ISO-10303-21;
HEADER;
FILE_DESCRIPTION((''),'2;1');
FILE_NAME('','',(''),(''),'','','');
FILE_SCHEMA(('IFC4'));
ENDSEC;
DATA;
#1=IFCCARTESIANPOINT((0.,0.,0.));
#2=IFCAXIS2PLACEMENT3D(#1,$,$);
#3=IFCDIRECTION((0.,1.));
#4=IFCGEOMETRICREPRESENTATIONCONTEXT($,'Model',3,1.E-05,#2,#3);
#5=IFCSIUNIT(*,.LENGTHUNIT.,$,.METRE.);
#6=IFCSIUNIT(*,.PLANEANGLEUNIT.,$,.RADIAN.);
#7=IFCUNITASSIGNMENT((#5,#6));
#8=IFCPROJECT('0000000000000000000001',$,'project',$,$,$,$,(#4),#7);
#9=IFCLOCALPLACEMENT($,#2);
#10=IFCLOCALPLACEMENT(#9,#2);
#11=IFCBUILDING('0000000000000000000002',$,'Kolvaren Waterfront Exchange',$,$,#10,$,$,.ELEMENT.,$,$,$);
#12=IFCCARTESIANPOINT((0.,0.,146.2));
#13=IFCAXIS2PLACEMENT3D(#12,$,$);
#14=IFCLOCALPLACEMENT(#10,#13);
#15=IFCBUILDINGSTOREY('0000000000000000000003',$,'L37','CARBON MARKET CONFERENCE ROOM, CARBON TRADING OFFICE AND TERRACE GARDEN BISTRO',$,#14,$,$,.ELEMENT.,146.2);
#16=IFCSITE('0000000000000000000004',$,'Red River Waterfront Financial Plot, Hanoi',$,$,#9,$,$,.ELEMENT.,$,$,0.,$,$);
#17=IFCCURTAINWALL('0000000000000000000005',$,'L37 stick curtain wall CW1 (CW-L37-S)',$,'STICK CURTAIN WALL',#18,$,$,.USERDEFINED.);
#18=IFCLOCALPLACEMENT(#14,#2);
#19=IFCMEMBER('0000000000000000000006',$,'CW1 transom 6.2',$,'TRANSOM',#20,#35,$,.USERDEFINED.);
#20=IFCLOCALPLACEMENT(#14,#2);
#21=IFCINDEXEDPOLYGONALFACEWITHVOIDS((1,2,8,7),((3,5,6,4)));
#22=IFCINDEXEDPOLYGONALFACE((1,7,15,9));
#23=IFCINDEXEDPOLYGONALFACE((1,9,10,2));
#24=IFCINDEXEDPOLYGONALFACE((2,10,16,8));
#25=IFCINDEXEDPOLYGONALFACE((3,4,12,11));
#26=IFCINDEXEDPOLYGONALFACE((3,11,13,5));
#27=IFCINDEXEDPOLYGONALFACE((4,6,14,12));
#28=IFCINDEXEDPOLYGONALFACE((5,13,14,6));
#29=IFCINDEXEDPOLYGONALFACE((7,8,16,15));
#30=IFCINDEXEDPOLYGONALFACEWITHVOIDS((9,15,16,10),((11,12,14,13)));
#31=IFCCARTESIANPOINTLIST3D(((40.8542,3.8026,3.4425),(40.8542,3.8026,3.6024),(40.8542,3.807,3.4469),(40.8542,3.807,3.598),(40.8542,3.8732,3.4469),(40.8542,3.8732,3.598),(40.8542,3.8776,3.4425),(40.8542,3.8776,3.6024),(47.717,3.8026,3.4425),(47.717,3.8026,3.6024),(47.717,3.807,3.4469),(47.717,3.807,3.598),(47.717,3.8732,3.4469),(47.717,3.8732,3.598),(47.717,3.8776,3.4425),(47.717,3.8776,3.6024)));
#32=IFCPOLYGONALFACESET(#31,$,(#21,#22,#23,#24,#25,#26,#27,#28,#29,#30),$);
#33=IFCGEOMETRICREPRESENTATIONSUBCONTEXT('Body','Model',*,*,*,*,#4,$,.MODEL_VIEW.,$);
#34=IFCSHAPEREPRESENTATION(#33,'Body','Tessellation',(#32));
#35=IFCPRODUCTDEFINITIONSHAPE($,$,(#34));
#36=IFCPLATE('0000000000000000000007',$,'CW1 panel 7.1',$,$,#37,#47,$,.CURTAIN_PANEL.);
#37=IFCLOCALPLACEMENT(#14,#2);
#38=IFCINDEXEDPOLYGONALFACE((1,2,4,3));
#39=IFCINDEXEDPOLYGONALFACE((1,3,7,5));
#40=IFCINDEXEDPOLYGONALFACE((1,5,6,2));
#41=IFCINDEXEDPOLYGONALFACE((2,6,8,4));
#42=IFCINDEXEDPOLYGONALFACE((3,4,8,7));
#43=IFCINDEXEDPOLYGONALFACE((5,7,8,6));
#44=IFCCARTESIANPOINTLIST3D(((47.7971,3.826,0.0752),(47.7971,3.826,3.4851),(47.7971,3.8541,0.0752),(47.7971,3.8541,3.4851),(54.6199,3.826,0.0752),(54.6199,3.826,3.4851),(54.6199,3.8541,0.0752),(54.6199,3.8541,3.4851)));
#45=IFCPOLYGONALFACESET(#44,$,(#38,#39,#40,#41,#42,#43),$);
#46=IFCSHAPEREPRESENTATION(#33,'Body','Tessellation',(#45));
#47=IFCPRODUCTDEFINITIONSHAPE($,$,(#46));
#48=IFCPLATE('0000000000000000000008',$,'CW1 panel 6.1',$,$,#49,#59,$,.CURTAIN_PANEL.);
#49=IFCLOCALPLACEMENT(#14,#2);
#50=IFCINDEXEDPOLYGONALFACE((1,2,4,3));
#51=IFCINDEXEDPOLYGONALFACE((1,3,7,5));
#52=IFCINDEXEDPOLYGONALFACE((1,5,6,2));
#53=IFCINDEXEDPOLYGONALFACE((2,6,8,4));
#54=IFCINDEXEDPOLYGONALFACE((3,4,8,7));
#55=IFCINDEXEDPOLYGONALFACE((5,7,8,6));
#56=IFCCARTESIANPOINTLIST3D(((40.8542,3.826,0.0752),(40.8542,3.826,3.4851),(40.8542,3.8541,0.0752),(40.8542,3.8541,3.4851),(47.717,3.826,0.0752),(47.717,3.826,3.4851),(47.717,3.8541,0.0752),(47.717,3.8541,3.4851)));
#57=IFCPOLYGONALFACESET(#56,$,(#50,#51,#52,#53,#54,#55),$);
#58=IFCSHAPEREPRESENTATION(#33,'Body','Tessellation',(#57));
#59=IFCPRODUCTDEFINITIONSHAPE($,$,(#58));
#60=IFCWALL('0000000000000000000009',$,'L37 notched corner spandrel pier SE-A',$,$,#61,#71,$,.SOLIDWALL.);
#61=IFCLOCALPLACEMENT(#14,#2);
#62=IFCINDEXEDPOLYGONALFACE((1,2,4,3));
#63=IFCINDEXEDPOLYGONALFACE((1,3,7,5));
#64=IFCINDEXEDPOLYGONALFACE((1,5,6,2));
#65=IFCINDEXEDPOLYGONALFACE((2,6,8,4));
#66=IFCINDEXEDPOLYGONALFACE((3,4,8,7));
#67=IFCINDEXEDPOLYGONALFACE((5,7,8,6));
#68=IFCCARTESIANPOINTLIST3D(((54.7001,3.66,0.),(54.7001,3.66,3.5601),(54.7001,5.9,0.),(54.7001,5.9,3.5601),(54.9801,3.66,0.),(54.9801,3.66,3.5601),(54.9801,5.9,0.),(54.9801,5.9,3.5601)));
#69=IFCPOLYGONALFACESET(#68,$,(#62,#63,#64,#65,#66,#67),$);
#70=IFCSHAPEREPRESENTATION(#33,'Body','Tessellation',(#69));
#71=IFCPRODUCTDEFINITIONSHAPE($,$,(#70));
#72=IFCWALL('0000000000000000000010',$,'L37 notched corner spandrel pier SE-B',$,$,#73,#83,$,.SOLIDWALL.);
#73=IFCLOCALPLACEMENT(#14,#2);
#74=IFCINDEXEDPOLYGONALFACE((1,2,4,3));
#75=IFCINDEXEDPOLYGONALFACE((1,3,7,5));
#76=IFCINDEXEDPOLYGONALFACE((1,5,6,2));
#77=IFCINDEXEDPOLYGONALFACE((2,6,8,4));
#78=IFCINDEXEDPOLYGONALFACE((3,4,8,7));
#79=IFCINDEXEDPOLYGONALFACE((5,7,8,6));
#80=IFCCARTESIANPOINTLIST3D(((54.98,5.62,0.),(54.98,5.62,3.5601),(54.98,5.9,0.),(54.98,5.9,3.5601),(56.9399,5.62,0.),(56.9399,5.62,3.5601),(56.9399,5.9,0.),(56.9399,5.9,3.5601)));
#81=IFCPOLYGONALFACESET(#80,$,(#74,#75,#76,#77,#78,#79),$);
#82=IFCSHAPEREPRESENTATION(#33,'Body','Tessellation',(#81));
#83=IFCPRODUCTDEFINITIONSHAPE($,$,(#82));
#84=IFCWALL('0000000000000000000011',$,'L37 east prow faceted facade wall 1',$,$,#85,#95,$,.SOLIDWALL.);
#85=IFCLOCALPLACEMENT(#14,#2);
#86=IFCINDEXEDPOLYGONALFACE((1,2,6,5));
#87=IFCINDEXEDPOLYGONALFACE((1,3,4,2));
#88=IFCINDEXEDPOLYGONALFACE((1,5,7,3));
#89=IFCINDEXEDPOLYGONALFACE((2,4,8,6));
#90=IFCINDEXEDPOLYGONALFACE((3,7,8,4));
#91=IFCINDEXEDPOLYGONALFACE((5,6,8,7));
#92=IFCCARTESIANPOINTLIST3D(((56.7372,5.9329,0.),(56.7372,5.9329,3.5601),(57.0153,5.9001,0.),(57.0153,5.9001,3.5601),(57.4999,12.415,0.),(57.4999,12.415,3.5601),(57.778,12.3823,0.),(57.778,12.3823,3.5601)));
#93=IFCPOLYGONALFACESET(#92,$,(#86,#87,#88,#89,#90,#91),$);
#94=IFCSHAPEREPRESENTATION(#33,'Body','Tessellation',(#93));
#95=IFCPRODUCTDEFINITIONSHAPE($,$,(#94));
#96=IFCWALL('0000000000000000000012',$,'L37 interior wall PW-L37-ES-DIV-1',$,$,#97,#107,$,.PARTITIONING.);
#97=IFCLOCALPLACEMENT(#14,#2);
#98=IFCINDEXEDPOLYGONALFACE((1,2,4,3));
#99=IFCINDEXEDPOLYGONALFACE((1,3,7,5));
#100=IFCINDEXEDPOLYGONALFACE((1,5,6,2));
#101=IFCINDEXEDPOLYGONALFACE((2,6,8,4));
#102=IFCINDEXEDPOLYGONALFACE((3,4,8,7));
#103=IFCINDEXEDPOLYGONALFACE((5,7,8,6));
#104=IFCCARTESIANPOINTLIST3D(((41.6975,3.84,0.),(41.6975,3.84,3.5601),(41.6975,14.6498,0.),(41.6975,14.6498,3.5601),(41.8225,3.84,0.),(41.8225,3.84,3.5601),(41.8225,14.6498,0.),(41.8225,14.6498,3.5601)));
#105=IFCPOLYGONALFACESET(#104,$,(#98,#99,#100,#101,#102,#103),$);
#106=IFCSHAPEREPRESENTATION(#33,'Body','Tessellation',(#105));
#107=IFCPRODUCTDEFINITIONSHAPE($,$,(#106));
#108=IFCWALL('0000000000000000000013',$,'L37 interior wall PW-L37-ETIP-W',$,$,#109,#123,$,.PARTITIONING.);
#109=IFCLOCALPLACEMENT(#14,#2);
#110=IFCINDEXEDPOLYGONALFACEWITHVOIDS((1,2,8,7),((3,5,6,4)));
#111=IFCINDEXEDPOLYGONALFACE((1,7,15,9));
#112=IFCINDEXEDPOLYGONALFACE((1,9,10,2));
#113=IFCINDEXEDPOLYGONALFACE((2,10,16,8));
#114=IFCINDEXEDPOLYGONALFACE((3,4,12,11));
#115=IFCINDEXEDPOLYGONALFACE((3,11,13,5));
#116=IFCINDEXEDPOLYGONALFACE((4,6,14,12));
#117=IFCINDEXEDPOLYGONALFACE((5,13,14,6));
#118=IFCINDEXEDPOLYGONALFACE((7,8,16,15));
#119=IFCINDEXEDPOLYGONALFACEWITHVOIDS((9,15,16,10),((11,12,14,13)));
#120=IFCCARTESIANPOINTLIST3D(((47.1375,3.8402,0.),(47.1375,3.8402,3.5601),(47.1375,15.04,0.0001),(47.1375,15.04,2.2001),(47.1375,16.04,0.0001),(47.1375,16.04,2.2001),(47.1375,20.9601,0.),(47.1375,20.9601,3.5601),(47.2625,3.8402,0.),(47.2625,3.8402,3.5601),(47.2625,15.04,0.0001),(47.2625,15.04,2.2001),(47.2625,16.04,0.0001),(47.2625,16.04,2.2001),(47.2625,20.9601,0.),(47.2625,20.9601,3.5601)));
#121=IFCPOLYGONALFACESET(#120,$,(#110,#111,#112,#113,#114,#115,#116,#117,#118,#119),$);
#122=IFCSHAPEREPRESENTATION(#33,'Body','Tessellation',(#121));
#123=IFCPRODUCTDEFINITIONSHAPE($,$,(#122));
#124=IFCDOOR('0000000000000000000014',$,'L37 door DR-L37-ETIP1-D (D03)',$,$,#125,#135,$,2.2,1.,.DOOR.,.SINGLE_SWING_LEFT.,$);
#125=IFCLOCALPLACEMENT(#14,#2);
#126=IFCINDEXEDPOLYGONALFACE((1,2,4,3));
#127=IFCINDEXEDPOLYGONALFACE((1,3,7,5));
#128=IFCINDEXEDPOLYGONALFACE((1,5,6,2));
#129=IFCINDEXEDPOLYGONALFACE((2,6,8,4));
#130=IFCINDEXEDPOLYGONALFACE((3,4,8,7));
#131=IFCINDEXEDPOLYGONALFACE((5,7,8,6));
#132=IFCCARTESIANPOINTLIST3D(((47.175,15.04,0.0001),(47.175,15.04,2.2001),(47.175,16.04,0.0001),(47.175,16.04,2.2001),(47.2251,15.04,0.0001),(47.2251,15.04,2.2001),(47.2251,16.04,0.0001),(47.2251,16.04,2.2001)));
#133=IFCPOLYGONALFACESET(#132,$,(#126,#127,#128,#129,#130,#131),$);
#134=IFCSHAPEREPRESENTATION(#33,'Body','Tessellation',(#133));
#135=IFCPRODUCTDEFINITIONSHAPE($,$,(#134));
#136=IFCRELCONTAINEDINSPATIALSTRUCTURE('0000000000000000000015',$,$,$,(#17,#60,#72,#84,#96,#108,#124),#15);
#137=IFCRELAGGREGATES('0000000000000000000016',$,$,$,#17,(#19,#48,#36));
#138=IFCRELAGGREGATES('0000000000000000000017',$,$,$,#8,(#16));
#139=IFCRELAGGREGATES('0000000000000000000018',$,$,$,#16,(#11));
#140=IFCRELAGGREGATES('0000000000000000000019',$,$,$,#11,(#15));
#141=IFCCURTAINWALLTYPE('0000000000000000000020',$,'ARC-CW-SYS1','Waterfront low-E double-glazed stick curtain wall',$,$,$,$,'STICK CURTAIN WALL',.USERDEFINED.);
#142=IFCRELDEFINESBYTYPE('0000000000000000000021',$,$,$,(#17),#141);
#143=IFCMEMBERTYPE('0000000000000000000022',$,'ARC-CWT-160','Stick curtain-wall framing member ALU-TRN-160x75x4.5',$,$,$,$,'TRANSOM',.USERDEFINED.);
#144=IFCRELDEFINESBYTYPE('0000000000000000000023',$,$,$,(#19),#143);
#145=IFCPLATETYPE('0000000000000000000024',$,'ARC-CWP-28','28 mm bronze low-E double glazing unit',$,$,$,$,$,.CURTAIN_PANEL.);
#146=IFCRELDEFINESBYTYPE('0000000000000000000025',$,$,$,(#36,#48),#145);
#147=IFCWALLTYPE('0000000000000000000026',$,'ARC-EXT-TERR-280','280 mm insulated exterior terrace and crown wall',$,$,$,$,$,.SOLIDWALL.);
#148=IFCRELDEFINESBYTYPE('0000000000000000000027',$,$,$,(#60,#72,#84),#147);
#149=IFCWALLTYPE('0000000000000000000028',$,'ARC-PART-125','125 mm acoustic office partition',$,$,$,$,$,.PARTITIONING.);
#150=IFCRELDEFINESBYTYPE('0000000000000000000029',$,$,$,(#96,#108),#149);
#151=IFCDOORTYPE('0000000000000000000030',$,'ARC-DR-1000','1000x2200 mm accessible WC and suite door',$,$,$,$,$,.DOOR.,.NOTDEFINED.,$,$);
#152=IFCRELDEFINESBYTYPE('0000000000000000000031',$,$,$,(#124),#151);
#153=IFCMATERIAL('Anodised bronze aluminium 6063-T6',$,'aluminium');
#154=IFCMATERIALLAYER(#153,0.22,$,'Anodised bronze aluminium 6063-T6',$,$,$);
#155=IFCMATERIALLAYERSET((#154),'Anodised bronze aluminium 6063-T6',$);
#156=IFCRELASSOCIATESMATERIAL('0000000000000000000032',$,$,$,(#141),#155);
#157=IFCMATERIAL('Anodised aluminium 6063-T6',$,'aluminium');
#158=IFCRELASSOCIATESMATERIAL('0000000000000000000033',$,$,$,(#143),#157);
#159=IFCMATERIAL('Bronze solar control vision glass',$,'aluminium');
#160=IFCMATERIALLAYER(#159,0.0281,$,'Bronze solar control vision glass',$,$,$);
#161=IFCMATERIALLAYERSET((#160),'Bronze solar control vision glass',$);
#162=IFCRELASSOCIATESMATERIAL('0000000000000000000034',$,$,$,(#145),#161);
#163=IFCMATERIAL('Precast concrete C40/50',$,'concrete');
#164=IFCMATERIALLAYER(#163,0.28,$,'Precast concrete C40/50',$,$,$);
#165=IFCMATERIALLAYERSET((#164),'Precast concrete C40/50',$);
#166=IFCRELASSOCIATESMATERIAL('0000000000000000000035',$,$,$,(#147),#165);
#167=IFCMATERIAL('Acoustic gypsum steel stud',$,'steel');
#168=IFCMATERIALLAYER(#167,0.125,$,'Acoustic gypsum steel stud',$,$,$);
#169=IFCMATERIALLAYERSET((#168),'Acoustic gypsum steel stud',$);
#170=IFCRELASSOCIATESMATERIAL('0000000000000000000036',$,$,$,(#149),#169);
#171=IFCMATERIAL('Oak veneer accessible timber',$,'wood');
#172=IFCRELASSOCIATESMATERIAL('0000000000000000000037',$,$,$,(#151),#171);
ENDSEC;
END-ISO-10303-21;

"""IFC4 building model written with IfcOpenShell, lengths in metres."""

from ifc_helpers import new_model, si_unit, direction, frame, frame_2d, origin, origin_with_axes, origin_2d, place, context, subcontext, project, spatial, rectangle, hollow_rectangle, extrude, source, transform, mapped, material, layer, layer_set, material_profile, profile_set, type_object, element, fill, aggregate, save


model = new_model("IFC4")

# Units and contexts
model_context = context("Model", 3, precision=1e-05, world=origin(), true_north=direction((0.0, 1.0)))
body_context = subcontext(model_context, "Body", "Model", "MODEL_VIEW")
ifc_project = project(units=[si_unit("LENGTHUNIT", "METRE"), si_unit("PLANEANGLEUNIT", "RADIAN")], contexts=[model_context])

# Site, building, storey
site_placement = place(None, origin())
site = spatial("IfcSite", under=ifc_project, at=site_placement, Name="Red River Waterfront Financial Plot, Hanoi", CompositionType="ELEMENT", RefElevation=0.0)
building_placement = place(site_placement, origin())
building = spatial("IfcBuilding", under=site, at=building_placement, Name="Kolvaren Waterfront Exchange", CompositionType="ELEMENT")
storey_placement = place(building_placement, frame((0.0, 0.0, 146.2)))
storey = spatial("IfcBuildingStorey", under=building, at=storey_placement, Name="L37", Description="CARBON MARKET CONFERENCE ROOM, CARBON TRADING OFFICE AND TERRACE GARDEN BISTRO", CompositionType="ELEMENT", Elevation=146.2)

# Shared definitions
ifc_material_1 = material(Name="Anodised bronze aluminium 6063-T6", Category="aluminium")

# Curtain wall, member, plates
ifc_layer_1 = layer(ifc_material_1, 0.22, Name="Anodised bronze aluminium 6063-T6")
ifc_layer_set_1 = layer_set([ifc_layer_1], Name="Anodised bronze aluminium 6063-T6")
curtain_wall_type_1 = type_object("IfcCurtainWallType", Name="ARC-CW-SYS1", Description="Waterfront low-E double-glazed stick curtain wall", ElementType="STICK CURTAIN WALL", PredefinedType="USERDEFINED", material=ifc_layer_set_1)
curtain_wall_1_placement = place(storey_placement, origin())
curtain_wall_1 = element("IfcCurtainWall", 1, at=curtain_wall_1_placement, inside=storey, type_object=curtain_wall_type_1, Name="L37 stick curtain wall CW1 (CW-L37-S)", ObjectType="STICK CURTAIN WALL", PredefinedType="USERDEFINED")
ifc_material_2 = material(Name="Anodised aluminium 6063-T6", Category="aluminium")
ifc_material_profile_1 = material_profile(ifc_material_2, hollow_rectangle(XDim=0.075, YDim=0.1599, WallThickness=0.0044, at=origin_2d()), Name="ALU-TRN-160x75x4.5")
ifc_profile_set_1 = profile_set([ifc_material_profile_1], Name="Anodised aluminium 6063-T6")
member_type_1 = type_object("IfcMemberType", Name="ARC-CWT-160", Description="Stick curtain-wall framing member ALU-TRN-160x75x4.5", ElementType="TRANSOM", PredefinedType="USERDEFINED", material=ifc_profile_set_1)
shared_shape_1 = source(origin_with_axes(), body_context, "Body", "SweptSolid", [
    extrude(hollow_rectangle(XDim=0.075, YDim=0.1599, WallThickness=0.0044, at=origin_2d()), origin(), (0.0, 0.0, 1.0), 6.8628),
])
member_1_placement = place(storey_placement, frame((40.8542, 3.8401, 3.5225), z_axis=(1.0, 0.0, 0.0), x_axis=(0.0, 1.0, 0.0)))
member_1 = element("IfcMember", 2, at=member_1_placement, type_object=member_type_1, Name="CW1 transom 6.2", ObjectType="TRANSOM", PredefinedType="USERDEFINED", context=body_context, shape_type="MappedRepresentation", body=[
    mapped(shared_shape_1, transform((0.0, 0.0, 0.0), x_axis=(1.0, 0.0, 0.0), y_axis=(0.0, 1.0, 0.0), z_axis=(0.0, 0.0, 1.0), scale=1.0)),
])
ifc_material_3 = material(Name="Bronze solar control vision glass", Category="aluminium")
ifc_layer_2 = layer(ifc_material_3, 0.0281, Name="Bronze solar control vision glass")
ifc_layer_set_2 = layer_set([ifc_layer_2], Name="Bronze solar control vision glass")
plate_type = type_object("IfcPlateType", Name="ARC-CWP-28", Description="28 mm bronze low-E double glazing unit", PredefinedType="CURTAIN_PANEL", material=ifc_layer_set_2)
shared_shape_2 = source(origin_with_axes(), body_context, "Body", "SweptSolid", [
    extrude(rectangle(XDim=6.8228, YDim=0.0281, at=origin_2d()), origin(), (0.0, 0.0, 1.0), 3.4099),
])
plate_1_placement = place(storey_placement, frame((51.2085, 3.8401, 0.0752), z_axis=(0.0, 0.0, 1.0), x_axis=(1.0, 0.0, 0.0)))
plate_1 = element("IfcPlate", 3, at=plate_1_placement, type_object=plate_type, Name="CW1 panel 7.1", PredefinedType="CURTAIN_PANEL", context=body_context, shape_type="MappedRepresentation", body=[
    mapped(shared_shape_2, transform((0.0, 0.0, 0.0), x_axis=(1.0, 0.0, 0.0), y_axis=(0.0, 1.0, 0.0), z_axis=(0.0, 0.0, 1.0), scale=1.0)),
])
shared_shape_3 = source(origin_with_axes(), body_context, "Body", "SweptSolid", [
    extrude(rectangle(XDim=6.8628, YDim=0.0281, at=origin_2d()), origin(), (0.0, 0.0, 1.0), 3.4099),
])
plate_2_placement = place(storey_placement, frame((44.2856, 3.8401, 0.0752), z_axis=(0.0, 0.0, 1.0), x_axis=(1.0, 0.0, 0.0)))
plate_2 = element("IfcPlate", 4, at=plate_2_placement, type_object=plate_type, Name="CW1 panel 6.1", PredefinedType="CURTAIN_PANEL", context=body_context, shape_type="MappedRepresentation", body=[
    mapped(shared_shape_3, transform((0.0, 0.0, 0.0), x_axis=(1.0, 0.0, 0.0), y_axis=(0.0, 1.0, 0.0), z_axis=(0.0, 0.0, 1.0), scale=1.0)),
])
aggregate(curtain_wall_1, [member_1, plate_2, plate_1])

# Walls
ifc_material_4 = material(Name="Precast concrete C40/50", Category="concrete")
ifc_layer_3 = layer(ifc_material_4, 0.28, Name="Precast concrete C40/50")
ifc_layer_set_3 = layer_set([ifc_layer_3], Name="Precast concrete C40/50")
wall_type_1 = type_object("IfcWallType", Name="ARC-EXT-TERR-280", Description="280 mm insulated exterior terrace and crown wall", PredefinedType="SOLIDWALL", material=ifc_layer_set_3)
wall_1_placement = place(storey_placement, frame((54.8401, 3.6599, 0.0), z_axis=(0.0, 0.0, 1.0), x_axis=(0.0, 1.0, 0.0)))
element("IfcWall", 5, at=wall_1_placement, inside=storey, type_object=wall_type_1, Name="L37 notched corner spandrel pier SE-A", PredefinedType="SOLIDWALL", context=body_context, shape_type="SweptSolid", body=[
    extrude(rectangle(XDim=2.24, YDim=0.28, at=frame_2d((1.1201, 0.0))), origin(), (0.0, 0.0, 1.0), 3.5601),
])
wall_2_placement = place(storey_placement, frame((54.98, 5.76, 0.0), z_axis=(0.0, 0.0, 1.0), x_axis=(1.0, 0.0, 0.0)))
element("IfcWall", 6, at=wall_2_placement, inside=storey, type_object=wall_type_1, Name="L37 notched corner spandrel pier SE-B", PredefinedType="SOLIDWALL", context=body_context, shape_type="SweptSolid", body=[
    extrude(rectangle(XDim=1.96, YDim=0.28, at=frame_2d((0.98, 0.0))), origin(), (0.0, 0.0, 1.0), 3.5601),
])
wall_3_placement = place(storey_placement, frame((56.8762, 5.9165, 0.0), z_axis=(0.0, 0.0, 1.0), x_axis=(0.116854, 0.993149, 0.0)))
element("IfcWall", 7, at=wall_3_placement, inside=storey, type_object=wall_type_1, Name="L37 east prow faceted facade wall 1", PredefinedType="SOLIDWALL", context=body_context, shape_type="SweptSolid", body=[
    extrude(rectangle(XDim=6.5269, YDim=0.28, at=frame_2d((3.2634, 0.0))), origin(), (0.0, 0.0, 1.0), 3.5601),
])
ifc_material_5 = material(Name="Acoustic gypsum steel stud", Category="steel")
ifc_layer_4 = layer(ifc_material_5, 0.125, Name="Acoustic gypsum steel stud")
ifc_layer_set_4 = layer_set([ifc_layer_4], Name="Acoustic gypsum steel stud")
wall_type_2 = type_object("IfcWallType", Name="ARC-PART-125", Description="125 mm acoustic office partition", PredefinedType="PARTITIONING", material=ifc_layer_set_4)
wall_4_placement = place(storey_placement, frame((41.76, 3.8401, 0.0), z_axis=(0.0, 0.0, 1.0), x_axis=(0.0, 1.0, 0.0)))
element("IfcWall", 8, at=wall_4_placement, inside=storey, type_object=wall_type_2, Name="L37 interior wall PW-L37-ES-DIV-1", PredefinedType="PARTITIONING", context=body_context, shape_type="SweptSolid", body=[
    extrude(rectangle(XDim=10.8098, YDim=0.125, at=frame_2d((5.4048, 0.0))), origin(), (0.0, 0.0, 1.0), 3.5601),
])

# Wall, opening, door
wall_5_placement = place(storey_placement, frame((47.2, 3.8401, 0.0), z_axis=(0.0, 0.0, 1.0), x_axis=(0.0, 1.0, 0.0)))
wall_5 = element("IfcWall", 9, at=wall_5_placement, inside=storey, type_object=wall_type_2, Name="L37 interior wall PW-L37-ETIP-W", PredefinedType="PARTITIONING", context=body_context, shape_type="SweptSolid", body=[
    extrude(rectangle(XDim=17.1199, YDim=0.125, at=frame_2d((8.5601, 0.0))), origin(), (0.0, 0.0, 1.0), 3.5601),
])
opening_placement = place(wall_5_placement, frame((11.2, 0.0, 0.0)))
opening = element("IfcOpeningElement", 10, at=opening_placement, cuts=wall_5, PredefinedType="OPENING", context=body_context, shape_type="SweptSolid", body=[
    extrude(rectangle(XDim=1.0, YDim=2.2, at=frame_2d((0.5, 1.1001))), frame((0.0, 0.0725, 0.0), z_axis=(0.0, -1.0, 0.0), x_axis=(1.0, 0.0, 0.0)), (0.0, 0.0, 1.0), 0.145),
])
ifc_material_6 = material(Name="Oak veneer accessible timber", Category="wood")
door_type = type_object("IfcDoorType", Name="ARC-DR-1000", Description="1000x2200 mm accessible WC and suite door", OperationType="NOTDEFINED", PredefinedType="DOOR", material=ifc_material_6)
door_placement = place(opening_placement, origin())
door = element("IfcDoor", 11, at=door_placement, inside=storey, type_object=door_type, Name="L37 door DR-L37-ETIP1-D (D03)", OperationType="SINGLE_SWING_LEFT", OverallHeight=2.2, OverallWidth=1.0, PredefinedType="DOOR", context=body_context, shape_type="SweptSolid", body=[
    extrude(rectangle(XDim=1.0, YDim=2.2, at=frame_2d((0.5, 1.1001))), frame((0.0, 0.0249, 0.0), z_axis=(0.0, -1.0, 0.0), x_axis=(1.0, 0.0, 0.0)), (0.0, 0.0, 1.0), 0.05),
])
fill(opening, door)

save(model, "model.ifc")
